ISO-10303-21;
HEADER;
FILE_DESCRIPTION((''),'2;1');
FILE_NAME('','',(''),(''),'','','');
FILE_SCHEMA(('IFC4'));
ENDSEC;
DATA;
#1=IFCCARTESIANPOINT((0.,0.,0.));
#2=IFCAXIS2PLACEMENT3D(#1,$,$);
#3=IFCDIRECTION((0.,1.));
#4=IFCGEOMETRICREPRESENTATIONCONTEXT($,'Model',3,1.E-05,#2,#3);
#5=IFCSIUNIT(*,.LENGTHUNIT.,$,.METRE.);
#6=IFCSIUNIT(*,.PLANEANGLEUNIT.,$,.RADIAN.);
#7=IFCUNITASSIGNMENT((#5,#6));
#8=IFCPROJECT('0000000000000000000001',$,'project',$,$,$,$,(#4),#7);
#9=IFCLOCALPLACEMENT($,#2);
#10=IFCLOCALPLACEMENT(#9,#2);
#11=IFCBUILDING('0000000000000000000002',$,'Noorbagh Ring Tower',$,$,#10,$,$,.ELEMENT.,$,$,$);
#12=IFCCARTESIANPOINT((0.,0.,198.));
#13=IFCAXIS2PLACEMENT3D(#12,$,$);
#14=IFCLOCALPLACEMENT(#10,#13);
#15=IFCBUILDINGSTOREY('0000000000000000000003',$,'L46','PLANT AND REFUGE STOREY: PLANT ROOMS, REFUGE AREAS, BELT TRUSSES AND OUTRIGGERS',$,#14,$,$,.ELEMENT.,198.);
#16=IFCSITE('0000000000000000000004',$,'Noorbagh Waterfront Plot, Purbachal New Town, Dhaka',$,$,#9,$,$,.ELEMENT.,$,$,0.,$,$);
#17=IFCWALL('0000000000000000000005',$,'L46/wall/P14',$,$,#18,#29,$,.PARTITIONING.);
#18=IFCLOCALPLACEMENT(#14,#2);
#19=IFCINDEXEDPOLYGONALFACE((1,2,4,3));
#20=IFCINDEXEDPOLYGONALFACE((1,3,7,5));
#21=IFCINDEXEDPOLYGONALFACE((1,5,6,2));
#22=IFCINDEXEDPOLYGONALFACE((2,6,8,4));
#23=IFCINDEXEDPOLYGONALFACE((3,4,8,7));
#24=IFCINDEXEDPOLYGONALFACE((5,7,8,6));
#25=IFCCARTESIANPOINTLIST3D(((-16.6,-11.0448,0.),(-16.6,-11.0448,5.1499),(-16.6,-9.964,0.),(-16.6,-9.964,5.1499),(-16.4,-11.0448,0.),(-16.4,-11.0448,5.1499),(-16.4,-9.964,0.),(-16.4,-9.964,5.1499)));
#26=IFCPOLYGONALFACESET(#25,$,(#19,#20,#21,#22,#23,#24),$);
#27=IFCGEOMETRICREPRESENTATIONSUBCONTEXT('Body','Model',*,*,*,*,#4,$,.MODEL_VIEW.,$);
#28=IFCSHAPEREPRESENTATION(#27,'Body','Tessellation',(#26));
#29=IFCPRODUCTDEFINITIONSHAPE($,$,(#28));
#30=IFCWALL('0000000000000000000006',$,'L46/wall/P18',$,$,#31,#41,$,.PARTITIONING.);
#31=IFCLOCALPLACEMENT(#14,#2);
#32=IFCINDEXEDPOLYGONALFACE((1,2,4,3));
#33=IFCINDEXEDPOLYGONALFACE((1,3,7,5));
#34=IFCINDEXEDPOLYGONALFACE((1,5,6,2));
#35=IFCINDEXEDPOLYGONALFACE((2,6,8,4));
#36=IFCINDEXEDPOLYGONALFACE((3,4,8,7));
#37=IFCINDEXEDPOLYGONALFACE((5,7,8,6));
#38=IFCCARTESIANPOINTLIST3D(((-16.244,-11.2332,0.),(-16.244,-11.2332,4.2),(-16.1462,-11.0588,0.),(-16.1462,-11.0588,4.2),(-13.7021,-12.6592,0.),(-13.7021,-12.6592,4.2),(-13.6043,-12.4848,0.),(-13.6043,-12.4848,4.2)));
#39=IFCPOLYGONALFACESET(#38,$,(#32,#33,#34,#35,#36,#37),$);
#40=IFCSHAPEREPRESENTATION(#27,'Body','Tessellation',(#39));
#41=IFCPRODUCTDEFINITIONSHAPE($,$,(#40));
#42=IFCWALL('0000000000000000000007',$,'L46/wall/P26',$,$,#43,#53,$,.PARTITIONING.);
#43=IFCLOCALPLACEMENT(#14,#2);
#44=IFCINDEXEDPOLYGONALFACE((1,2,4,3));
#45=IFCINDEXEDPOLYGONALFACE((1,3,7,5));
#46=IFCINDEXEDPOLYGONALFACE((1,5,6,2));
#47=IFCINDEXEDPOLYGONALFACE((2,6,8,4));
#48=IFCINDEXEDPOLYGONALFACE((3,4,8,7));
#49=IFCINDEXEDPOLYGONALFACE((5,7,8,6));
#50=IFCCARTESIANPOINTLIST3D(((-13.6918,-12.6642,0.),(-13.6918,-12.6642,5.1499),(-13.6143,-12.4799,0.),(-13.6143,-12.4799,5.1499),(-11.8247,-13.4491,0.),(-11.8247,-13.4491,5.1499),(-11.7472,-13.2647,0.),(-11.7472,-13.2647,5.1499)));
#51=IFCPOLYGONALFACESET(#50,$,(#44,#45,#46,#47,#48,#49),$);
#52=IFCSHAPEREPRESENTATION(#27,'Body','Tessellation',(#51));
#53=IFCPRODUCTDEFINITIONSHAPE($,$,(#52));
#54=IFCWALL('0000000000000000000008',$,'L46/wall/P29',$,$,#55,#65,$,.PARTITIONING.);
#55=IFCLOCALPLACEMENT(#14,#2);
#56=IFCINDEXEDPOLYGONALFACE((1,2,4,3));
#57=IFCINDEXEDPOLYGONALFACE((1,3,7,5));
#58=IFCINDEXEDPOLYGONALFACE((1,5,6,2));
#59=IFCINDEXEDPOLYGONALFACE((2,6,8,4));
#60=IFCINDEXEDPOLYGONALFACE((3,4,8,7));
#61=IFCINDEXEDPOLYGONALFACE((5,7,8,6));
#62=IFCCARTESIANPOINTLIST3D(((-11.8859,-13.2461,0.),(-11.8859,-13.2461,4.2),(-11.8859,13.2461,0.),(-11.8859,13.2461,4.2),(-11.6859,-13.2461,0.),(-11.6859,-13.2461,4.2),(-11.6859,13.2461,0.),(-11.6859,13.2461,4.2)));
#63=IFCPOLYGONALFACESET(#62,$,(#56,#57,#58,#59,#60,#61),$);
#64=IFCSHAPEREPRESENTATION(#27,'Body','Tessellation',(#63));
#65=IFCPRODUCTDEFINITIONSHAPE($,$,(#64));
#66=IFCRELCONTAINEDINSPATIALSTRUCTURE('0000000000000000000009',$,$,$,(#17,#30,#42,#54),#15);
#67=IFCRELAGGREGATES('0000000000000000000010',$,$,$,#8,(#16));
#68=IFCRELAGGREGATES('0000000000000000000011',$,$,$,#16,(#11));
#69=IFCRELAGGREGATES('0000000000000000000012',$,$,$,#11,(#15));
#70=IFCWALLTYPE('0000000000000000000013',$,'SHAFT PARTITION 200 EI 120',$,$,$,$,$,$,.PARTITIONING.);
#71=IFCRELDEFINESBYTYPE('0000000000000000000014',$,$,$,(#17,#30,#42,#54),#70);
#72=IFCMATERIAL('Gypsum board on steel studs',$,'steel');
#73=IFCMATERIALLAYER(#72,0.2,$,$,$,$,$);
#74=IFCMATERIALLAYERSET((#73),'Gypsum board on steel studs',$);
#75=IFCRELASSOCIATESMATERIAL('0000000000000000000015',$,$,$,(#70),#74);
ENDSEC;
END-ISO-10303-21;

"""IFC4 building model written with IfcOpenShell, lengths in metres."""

from ifc_helpers import new_model, si_unit, direction, frame, frame_2d, origin, place, context, subcontext, project, spatial, rectangle, extrude, material, layer, layer_set, type_object, element, save


model = new_model("IFC4")

# Units and contexts
model_context = context("Model", 3, precision=1e-05, world=origin(), true_north=direction((0.0, 1.0)))
body_context = subcontext(model_context, "Body", "Model", "MODEL_VIEW")
ifc_project = project(units=[si_unit("LENGTHUNIT", "METRE"), si_unit("PLANEANGLEUNIT", "RADIAN")], contexts=[model_context])

# Site, building, storey
site_placement = place(None, origin())
site = spatial("IfcSite", under=ifc_project, at=site_placement, Name="Noorbagh Waterfront Plot, Purbachal New Town, Dhaka", CompositionType="ELEMENT", RefElevation=0.0)
building_placement = place(site_placement, origin())
building = spatial("IfcBuilding", under=site, at=building_placement, Name="Noorbagh Ring Tower", CompositionType="ELEMENT")
storey_placement = place(building_placement, frame((0.0, 0.0, 198.0)))
storey = spatial("IfcBuildingStorey", under=building, at=storey_placement, Name="L46", Description="PLANT AND REFUGE STOREY: PLANT ROOMS, REFUGE AREAS, BELT TRUSSES AND OUTRIGGERS", CompositionType="ELEMENT", Elevation=198.0)

# Walls
ifc_material_1 = material(Name="Gypsum board on steel studs", Category="steel")
ifc_layer_1 = layer(ifc_material_1, 0.2)
ifc_layer_set_1 = layer_set([ifc_layer_1], Name="Gypsum board on steel studs")
wall_type_1 = type_object("IfcWallType", Name="SHAFT PARTITION 200 EI 120", PredefinedType="PARTITIONING", material=ifc_layer_set_1)
wall_1_placement = place(storey_placement, frame((-16.5, -11.0449, 0.0), z_axis=(0.0, 0.0, 1.0), x_axis=(0.0, 1.0, 0.0)))
element("IfcWall", 1, at=wall_1_placement, inside=storey, type_object=wall_type_1, Name="L46/wall/P14", PredefinedType="PARTITIONING", context=body_context, shape_type="SweptSolid", body=[
    extrude(rectangle(XDim=1.0808, YDim=0.2, at=frame_2d((0.5405, 0.0))), origin(), (0.0, 0.0, 1.0), 5.1499),
])
wall_2_placement = place(storey_placement, frame((-16.1951, -11.146, 0.0), z_axis=(0.0, 0.0, 1.0), x_axis=(0.872139, -0.489259, 0.0)))
element("IfcWall", 2, at=wall_2_placement, inside=storey, type_object=wall_type_1, Name="L46/wall/P18", PredefinedType="PARTITIONING", context=body_context, shape_type="SweptSolid", body=[
    extrude(rectangle(XDim=2.9146, YDim=0.2, at=frame_2d((1.4573, 0.0))), origin(), (0.0, 0.0, 1.0), 4.2),
])
wall_3_placement = place(storey_placement, frame((-13.6531, -12.572, 0.0), z_axis=(0.0, 0.0, 1.0), x_axis=(0.92186, -0.387523, 0.0)))
element("IfcWall", 3, at=wall_3_placement, inside=storey, type_object=wall_type_1, Name="L46/wall/P26", PredefinedType="PARTITIONING", context=body_context, shape_type="SweptSolid", body=[
    extrude(rectangle(XDim=2.0254, YDim=0.2, at=frame_2d((1.0127, 0.0))), origin(), (0.0, 0.0, 1.0), 5.1499),
])
wall_4_placement = place(storey_placement, frame((-11.7859, -13.2461, 0.0), z_axis=(0.0, 0.0, 1.0), x_axis=(0.0, 1.0, 0.0)))
element("IfcWall", 4, at=wall_4_placement, inside=storey, type_object=wall_type_1, Name="L46/wall/P29", PredefinedType="PARTITIONING", context=body_context, shape_type="SweptSolid", body=[
    extrude(rectangle(XDim=26.4922, YDim=0.2, at=frame_2d((13.2461, 0.0))), origin(), (0.0, 0.0, 1.0), 4.2),
])

save(model, "model.ifc")
